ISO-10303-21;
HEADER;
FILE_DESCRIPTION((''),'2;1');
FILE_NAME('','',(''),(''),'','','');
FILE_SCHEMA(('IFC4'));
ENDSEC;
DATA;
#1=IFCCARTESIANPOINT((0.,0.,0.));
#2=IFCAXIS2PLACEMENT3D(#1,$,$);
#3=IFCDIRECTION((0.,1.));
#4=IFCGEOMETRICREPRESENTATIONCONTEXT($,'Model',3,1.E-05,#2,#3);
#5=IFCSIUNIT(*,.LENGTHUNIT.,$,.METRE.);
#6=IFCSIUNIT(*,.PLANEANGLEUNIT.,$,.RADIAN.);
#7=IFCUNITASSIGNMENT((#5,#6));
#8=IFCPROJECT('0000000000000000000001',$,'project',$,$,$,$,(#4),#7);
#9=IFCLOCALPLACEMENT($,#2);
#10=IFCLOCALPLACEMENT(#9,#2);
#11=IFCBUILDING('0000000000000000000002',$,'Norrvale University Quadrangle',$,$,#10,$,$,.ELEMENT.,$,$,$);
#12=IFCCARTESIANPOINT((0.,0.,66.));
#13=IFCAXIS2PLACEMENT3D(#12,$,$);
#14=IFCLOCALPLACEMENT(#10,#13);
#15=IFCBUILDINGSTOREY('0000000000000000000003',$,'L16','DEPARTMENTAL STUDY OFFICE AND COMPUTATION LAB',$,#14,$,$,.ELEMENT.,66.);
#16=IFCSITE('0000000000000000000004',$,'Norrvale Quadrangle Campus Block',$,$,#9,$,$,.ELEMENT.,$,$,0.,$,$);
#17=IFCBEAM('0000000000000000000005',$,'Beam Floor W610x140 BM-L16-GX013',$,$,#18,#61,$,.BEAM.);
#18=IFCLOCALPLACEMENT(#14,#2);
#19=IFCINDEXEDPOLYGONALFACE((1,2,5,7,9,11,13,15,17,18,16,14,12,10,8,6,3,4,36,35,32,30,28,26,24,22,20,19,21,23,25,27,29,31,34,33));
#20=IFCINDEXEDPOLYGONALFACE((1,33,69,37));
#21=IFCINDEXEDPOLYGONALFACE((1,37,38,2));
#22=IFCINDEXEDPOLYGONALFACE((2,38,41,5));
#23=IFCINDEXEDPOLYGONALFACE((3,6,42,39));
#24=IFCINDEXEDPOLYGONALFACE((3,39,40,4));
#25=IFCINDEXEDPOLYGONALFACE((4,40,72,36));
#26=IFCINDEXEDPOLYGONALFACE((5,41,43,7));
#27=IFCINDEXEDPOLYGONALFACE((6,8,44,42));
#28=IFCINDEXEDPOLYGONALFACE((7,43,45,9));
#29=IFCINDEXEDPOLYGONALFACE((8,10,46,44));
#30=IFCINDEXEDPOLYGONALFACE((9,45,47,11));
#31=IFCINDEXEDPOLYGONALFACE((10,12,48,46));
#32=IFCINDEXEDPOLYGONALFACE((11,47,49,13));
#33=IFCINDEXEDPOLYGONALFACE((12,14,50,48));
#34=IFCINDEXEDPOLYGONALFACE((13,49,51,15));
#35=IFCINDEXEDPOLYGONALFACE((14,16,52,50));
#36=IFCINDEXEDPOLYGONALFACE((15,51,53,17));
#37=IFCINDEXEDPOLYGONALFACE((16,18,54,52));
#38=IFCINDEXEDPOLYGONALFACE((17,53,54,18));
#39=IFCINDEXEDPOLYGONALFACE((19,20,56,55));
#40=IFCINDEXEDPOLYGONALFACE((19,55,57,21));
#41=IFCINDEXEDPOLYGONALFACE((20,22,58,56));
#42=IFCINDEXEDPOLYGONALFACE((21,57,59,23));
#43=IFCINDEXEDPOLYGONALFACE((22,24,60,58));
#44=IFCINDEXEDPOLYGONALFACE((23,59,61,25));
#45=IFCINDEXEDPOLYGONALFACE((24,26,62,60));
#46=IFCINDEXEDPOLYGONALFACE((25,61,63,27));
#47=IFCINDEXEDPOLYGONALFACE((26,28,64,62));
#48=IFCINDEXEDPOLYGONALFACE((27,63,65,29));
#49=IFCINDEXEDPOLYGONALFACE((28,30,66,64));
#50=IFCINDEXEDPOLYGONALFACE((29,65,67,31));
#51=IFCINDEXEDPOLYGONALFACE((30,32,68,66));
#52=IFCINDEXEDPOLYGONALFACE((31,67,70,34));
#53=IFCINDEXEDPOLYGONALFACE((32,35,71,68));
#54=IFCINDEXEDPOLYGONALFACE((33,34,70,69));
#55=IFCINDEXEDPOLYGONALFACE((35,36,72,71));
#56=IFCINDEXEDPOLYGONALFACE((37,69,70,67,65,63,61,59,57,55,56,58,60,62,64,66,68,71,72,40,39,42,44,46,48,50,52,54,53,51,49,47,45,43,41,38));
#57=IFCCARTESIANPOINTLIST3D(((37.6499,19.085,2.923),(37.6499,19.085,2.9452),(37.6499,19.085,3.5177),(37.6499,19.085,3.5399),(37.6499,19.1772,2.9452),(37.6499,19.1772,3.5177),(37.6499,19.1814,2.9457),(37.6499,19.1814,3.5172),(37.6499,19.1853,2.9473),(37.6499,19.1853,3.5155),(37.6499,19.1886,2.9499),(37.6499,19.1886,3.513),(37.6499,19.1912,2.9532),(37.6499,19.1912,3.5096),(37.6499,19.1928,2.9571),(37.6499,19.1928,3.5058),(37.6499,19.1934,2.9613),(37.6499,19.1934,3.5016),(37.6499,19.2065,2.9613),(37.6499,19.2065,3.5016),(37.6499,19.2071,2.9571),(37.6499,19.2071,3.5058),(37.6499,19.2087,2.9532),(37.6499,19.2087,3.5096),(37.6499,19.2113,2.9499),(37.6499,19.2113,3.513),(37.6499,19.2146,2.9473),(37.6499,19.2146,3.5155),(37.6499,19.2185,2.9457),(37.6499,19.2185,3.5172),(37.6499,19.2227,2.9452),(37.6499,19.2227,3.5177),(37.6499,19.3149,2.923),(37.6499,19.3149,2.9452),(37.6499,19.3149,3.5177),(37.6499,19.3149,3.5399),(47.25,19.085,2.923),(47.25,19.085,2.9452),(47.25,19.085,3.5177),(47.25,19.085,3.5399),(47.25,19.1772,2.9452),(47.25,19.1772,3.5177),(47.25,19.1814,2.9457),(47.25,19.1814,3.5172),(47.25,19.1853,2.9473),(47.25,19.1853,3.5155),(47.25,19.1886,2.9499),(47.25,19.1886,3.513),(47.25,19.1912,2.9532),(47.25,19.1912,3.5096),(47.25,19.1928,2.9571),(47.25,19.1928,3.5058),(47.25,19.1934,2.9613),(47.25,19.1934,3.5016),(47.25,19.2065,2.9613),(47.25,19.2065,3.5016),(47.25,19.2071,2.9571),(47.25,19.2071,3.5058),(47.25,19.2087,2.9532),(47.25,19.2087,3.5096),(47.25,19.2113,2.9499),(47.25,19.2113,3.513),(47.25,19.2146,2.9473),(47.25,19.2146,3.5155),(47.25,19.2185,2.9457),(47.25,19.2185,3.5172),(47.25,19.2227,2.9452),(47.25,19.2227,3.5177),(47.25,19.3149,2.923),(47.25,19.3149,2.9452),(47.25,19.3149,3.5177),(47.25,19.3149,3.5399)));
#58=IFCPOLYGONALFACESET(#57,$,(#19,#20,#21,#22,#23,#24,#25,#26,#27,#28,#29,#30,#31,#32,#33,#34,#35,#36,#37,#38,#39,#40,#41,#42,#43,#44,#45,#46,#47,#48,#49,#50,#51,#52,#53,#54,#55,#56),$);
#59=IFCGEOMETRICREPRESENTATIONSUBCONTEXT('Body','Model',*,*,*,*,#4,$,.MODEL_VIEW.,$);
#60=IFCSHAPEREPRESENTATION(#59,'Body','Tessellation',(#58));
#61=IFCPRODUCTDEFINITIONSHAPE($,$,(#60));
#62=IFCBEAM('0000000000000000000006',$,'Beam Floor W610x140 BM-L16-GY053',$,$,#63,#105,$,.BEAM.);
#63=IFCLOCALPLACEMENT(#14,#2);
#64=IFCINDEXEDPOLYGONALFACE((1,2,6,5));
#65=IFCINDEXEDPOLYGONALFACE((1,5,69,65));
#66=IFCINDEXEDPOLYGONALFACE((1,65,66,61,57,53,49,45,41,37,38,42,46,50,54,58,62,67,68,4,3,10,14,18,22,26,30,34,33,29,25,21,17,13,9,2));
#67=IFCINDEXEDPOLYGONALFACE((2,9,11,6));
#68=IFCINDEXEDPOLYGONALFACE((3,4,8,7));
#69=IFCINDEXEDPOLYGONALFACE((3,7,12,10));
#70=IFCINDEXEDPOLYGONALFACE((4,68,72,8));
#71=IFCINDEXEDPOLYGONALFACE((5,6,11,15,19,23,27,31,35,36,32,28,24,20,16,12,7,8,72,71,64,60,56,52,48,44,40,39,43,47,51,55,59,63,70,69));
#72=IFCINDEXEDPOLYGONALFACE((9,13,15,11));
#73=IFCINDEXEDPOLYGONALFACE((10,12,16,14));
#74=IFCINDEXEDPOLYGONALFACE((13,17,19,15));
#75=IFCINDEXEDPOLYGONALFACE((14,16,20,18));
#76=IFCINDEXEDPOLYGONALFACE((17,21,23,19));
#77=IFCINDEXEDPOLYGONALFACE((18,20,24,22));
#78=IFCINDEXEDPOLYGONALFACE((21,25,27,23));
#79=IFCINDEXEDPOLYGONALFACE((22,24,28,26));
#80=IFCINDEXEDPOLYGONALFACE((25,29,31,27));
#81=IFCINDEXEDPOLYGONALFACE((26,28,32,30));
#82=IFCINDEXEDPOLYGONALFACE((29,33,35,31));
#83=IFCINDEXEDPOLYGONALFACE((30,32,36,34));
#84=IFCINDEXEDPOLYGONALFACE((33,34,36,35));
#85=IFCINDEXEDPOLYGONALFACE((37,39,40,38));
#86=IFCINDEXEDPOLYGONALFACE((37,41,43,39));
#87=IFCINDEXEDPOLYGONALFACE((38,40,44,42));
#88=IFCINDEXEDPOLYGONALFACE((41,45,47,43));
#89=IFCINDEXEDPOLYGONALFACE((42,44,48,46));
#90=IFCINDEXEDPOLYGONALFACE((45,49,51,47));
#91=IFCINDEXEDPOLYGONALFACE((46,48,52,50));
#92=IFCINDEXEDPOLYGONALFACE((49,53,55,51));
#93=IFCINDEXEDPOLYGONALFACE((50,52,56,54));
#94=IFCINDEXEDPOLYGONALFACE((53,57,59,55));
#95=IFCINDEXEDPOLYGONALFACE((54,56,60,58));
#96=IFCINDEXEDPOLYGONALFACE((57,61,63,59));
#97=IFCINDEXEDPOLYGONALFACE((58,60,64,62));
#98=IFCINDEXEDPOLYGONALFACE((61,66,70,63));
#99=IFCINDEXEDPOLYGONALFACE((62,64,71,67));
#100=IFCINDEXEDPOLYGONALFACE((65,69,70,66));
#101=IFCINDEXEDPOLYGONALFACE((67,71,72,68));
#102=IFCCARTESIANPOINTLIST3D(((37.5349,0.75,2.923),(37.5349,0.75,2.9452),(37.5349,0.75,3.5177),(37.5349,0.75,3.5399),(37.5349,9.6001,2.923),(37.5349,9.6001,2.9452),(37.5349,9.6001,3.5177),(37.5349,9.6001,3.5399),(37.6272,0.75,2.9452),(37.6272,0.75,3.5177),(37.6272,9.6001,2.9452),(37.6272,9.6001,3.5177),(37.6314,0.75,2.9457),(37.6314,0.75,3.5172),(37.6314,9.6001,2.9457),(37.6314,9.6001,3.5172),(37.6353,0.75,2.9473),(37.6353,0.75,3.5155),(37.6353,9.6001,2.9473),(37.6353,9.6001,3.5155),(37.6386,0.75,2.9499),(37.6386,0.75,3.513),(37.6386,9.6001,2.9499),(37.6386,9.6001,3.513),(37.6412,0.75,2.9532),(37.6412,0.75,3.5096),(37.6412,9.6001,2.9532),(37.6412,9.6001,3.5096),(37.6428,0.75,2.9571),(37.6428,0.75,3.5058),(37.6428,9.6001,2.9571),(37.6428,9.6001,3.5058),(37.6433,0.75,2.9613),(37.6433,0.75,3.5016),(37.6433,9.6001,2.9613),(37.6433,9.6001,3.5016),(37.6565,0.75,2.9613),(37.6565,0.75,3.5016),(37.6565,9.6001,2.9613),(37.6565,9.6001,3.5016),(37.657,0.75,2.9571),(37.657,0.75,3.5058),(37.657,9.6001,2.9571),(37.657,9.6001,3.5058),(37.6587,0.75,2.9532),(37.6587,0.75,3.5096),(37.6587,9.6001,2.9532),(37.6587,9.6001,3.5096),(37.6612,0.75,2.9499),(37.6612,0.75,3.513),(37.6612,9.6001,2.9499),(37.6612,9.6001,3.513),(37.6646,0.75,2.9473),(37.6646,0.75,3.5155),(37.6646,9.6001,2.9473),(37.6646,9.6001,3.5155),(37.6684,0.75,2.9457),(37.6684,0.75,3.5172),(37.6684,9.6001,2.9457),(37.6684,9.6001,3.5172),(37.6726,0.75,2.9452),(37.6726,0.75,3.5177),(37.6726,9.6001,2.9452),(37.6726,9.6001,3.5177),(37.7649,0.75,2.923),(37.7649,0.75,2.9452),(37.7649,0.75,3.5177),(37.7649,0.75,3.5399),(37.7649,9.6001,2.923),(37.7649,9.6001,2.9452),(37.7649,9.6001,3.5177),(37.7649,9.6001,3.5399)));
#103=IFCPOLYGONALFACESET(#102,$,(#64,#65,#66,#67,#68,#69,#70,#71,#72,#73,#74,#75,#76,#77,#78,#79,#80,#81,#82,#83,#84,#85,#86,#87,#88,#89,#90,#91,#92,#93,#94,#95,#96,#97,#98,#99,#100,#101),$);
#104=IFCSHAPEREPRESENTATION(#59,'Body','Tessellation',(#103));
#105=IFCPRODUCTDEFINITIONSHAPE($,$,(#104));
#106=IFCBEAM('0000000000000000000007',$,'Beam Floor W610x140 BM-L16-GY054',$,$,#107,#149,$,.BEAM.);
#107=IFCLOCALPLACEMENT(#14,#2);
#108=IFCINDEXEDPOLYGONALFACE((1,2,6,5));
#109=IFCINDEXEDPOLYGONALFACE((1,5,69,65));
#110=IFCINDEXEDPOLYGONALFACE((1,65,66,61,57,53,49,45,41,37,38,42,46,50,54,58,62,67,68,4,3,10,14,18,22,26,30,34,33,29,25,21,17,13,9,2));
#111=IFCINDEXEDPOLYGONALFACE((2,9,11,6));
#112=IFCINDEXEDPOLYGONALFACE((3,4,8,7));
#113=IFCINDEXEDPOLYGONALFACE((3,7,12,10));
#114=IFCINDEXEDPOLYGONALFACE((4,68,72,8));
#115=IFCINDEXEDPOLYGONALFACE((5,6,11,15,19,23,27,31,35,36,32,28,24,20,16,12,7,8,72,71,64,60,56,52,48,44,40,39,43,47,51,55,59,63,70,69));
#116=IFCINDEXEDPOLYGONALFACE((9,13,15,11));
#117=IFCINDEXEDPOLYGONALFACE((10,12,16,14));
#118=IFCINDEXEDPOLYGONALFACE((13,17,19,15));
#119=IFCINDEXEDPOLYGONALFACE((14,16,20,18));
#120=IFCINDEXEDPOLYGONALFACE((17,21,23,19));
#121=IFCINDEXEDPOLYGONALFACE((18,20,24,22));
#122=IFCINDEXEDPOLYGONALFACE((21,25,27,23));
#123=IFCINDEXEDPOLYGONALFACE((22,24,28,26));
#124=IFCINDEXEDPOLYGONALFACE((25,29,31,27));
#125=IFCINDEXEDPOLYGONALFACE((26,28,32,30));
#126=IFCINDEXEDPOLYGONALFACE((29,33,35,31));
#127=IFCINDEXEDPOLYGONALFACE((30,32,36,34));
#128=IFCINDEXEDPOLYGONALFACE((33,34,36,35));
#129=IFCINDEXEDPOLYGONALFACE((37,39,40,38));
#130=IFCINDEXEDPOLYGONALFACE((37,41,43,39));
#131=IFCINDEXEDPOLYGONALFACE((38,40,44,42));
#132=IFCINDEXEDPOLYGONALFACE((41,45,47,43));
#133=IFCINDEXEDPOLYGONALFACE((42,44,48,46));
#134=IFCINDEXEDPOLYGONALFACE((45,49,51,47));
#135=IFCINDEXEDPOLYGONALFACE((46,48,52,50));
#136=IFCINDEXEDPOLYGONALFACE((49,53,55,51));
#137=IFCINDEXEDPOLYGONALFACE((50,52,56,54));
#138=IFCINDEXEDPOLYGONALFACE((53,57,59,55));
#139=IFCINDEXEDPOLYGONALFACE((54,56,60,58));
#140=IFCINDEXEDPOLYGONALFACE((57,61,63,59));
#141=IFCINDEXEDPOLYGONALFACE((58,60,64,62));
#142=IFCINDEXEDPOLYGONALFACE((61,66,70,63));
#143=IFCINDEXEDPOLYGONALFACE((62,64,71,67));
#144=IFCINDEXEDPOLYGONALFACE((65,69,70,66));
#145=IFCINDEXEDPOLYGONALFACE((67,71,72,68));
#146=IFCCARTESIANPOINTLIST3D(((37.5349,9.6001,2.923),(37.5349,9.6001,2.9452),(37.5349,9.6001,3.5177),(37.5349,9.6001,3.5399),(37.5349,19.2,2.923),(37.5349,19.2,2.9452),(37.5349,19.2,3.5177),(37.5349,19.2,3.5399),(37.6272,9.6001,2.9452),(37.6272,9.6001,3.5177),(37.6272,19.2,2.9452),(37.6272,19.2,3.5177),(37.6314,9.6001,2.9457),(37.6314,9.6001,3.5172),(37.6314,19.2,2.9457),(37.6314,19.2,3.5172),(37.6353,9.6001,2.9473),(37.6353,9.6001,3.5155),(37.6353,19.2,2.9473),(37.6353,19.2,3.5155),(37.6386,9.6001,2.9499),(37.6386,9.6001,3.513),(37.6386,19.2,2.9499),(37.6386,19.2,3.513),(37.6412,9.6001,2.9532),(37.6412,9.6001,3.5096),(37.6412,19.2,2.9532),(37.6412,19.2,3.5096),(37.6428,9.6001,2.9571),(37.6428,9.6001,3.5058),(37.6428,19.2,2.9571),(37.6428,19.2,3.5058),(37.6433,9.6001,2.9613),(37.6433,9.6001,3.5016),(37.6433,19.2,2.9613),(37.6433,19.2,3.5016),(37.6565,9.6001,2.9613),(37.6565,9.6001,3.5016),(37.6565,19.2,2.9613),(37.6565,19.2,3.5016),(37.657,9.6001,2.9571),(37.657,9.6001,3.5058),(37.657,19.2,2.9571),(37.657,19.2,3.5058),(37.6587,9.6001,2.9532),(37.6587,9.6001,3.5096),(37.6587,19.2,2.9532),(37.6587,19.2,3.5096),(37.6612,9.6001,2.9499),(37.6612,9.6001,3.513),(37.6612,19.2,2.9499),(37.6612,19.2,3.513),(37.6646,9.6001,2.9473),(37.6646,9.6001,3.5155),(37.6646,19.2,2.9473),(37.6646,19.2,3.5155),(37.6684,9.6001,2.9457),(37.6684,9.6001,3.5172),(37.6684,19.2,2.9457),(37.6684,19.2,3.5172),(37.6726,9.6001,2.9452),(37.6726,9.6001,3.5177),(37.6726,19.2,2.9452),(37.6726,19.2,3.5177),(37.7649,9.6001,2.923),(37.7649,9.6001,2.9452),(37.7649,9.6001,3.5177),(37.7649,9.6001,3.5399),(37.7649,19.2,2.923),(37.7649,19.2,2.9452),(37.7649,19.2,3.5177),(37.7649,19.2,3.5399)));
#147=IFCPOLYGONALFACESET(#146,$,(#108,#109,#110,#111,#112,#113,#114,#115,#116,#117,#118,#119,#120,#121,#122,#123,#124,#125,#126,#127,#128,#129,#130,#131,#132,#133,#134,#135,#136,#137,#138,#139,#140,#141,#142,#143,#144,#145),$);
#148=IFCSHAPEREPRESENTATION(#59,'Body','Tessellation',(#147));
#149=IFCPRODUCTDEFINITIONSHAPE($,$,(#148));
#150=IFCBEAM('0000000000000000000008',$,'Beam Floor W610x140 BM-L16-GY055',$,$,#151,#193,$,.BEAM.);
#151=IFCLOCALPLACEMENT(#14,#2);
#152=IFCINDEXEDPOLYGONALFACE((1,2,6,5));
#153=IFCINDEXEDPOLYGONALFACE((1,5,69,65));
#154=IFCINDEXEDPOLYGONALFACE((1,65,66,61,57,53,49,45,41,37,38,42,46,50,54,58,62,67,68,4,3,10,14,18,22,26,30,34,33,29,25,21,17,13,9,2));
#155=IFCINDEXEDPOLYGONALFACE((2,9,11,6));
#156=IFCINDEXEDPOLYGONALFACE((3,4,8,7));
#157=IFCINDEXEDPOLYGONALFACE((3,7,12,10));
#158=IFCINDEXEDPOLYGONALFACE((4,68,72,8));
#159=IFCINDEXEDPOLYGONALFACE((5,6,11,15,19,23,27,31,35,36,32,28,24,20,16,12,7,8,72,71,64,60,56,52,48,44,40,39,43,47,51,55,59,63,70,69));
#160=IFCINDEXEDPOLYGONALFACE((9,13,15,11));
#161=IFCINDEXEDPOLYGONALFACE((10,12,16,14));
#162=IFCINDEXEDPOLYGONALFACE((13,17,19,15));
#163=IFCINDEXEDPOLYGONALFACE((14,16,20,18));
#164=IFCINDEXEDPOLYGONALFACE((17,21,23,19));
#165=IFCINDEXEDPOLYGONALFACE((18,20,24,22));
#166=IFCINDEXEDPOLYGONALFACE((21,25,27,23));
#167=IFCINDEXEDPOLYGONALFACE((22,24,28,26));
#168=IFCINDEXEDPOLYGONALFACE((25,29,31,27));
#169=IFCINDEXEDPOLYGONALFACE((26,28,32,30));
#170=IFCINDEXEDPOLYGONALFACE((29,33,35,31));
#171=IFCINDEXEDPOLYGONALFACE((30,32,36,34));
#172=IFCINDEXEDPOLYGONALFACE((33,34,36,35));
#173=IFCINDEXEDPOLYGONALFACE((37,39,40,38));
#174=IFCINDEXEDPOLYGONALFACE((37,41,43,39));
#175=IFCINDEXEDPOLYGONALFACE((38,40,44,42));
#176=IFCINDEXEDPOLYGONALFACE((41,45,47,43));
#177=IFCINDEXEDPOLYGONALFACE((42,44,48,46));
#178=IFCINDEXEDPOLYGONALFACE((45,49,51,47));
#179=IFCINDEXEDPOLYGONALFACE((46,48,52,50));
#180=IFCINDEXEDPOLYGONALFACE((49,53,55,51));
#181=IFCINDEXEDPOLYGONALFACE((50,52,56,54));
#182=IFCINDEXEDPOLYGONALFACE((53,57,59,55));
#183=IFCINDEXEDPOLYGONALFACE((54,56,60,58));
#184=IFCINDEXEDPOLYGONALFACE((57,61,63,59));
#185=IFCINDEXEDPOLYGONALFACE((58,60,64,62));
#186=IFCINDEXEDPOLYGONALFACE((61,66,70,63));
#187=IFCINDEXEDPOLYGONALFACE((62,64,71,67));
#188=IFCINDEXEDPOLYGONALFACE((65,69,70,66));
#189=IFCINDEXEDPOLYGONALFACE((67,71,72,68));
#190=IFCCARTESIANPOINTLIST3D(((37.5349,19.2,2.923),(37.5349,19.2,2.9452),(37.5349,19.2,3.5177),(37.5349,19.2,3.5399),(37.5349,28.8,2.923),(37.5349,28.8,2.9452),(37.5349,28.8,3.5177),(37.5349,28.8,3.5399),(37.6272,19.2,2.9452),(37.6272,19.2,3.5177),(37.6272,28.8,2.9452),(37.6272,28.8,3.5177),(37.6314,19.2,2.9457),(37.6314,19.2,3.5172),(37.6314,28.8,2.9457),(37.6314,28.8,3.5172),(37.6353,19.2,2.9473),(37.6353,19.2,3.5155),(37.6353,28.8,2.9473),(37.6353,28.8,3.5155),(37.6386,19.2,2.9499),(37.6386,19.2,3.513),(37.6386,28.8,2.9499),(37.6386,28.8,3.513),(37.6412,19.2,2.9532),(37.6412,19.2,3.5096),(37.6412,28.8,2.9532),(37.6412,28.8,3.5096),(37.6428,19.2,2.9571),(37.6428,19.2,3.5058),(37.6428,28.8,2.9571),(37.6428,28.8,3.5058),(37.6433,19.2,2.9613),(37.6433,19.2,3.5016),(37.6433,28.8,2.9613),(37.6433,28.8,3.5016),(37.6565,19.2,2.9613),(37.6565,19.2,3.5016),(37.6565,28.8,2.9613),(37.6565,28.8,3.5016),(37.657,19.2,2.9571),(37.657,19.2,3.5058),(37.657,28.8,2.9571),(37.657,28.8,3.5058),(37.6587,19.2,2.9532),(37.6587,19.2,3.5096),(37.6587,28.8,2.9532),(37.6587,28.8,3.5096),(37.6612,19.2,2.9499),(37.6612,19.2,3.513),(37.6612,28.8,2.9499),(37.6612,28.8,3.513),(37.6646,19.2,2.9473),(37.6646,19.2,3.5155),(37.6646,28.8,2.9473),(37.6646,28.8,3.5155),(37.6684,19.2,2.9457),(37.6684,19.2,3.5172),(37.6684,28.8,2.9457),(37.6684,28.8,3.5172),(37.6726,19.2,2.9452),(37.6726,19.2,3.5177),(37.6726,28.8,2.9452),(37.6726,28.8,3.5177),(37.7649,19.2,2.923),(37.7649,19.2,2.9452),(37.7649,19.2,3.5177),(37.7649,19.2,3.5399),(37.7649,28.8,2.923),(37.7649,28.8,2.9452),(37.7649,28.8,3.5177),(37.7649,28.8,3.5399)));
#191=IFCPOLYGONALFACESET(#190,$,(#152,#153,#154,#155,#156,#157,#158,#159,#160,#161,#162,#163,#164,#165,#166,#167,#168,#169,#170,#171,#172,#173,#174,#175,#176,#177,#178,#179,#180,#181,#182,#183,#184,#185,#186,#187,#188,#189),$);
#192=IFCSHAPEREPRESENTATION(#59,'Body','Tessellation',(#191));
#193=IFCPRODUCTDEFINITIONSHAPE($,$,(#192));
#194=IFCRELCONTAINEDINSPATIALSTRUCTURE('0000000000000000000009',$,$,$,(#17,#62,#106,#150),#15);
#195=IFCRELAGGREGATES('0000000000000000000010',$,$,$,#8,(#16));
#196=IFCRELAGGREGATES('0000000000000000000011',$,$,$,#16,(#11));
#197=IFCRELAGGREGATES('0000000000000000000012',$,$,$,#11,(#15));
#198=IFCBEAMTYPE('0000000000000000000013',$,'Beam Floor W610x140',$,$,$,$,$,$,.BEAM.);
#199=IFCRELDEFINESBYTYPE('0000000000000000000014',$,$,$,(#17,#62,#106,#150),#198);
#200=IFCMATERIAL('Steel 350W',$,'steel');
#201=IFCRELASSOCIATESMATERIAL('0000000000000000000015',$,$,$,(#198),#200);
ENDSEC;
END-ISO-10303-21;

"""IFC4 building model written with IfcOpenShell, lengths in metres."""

from ifc_helpers import new_model, si_unit, direction, frame, origin, origin_2d, place, context, subcontext, project, spatial, i_section, extrude, material, material_profile, profile_set, type_object, element, save


model = new_model("IFC4")

# Units and contexts
model_context = context("Model", 3, precision=1e-05, world=origin(), true_north=direction((0.0, 1.0)))
body_context = subcontext(model_context, "Body", "Model", "MODEL_VIEW")
ifc_project = project(units=[si_unit("LENGTHUNIT", "METRE"), si_unit("PLANEANGLEUNIT", "RADIAN")], contexts=[model_context])

# Site, building, storey
site_placement = place(None, origin())
site = spatial("IfcSite", under=ifc_project, at=site_placement, Name="Norrvale Quadrangle Campus Block", CompositionType="ELEMENT", RefElevation=0.0)
building_placement = place(site_placement, origin())
building = spatial("IfcBuilding", under=site, at=building_placement, Name="Norrvale University Quadrangle", CompositionType="ELEMENT")
storey_placement = place(building_placement, frame((0.0, 0.0, 66.0)))
storey = spatial("IfcBuildingStorey", under=building, at=storey_placement, Name="L16", Description="DEPARTMENTAL STUDY OFFICE AND COMPUTATION LAB", CompositionType="ELEMENT", Elevation=66.0)

# Beams
ifc_material_1 = material(Name="Steel 350W", Category="steel")
ifc_material_profile_1 = material_profile(ifc_material_1, i_section(OverallWidth=0.23, OverallDepth=0.6169, WebThickness=0.0132, FlangeThickness=0.0222, FilletRadius=0.0161, at=origin_2d()), Name="Steel 350W")
ifc_profile_set_1 = profile_set([ifc_material_profile_1], Name="Steel 350W")
beam_type_1 = type_object("IfcBeamType", Name="Beam Floor W610x140", PredefinedType="BEAM", material=ifc_profile_set_1)
for number, where, z_axis, x_axis, name in (
    (1, (37.6499, 19.2, 3.2314), (1.0, 0.0, 0.0), (0.0, 1.0, 0.0), "Beam Floor W610x140 BM-L16-GX013"),
):
    element("IfcBeam", number, at=place(storey_placement, frame(where, z_axis=z_axis, x_axis=x_axis)), inside=storey, type_object=beam_type_1, Name=name, PredefinedType="BEAM", context=body_context, shape_type="SweptSolid", body=[
        extrude(i_section(OverallWidth=0.23, OverallDepth=0.6169, WebThickness=0.0132, FlangeThickness=0.0222, FilletRadius=0.0161, at=origin_2d()), origin(), (0.0, 0.0, 1.0), 9.6001),
    ])
beam_1_placement = place(storey_placement, frame((37.6499, 0.75, 3.2314), z_axis=(0.0, 1.0, 0.0), x_axis=(-1.0, 0.0, 0.0)))
element("IfcBeam", 2, at=beam_1_placement, inside=storey, type_object=beam_type_1, Name="Beam Floor W610x140 BM-L16-GY053", PredefinedType="BEAM", context=body_context, shape_type="SweptSolid", body=[
    extrude(i_section(OverallWidth=0.23, OverallDepth=0.6169, WebThickness=0.0132, FlangeThickness=0.0222, FilletRadius=0.0161, at=origin_2d()), origin(), (0.0, 0.0, 1.0), 8.8501),
])
beam_2_placement = place(storey_placement, frame((37.6499, 9.6001, 3.2314), z_axis=(0.0, 1.0, 0.0), x_axis=(-1.0, 0.0, 0.0)))
element("IfcBeam", 3, at=beam_2_placement, inside=storey, type_object=beam_type_1, Name="Beam Floor W610x140 BM-L16-GY054", PredefinedType="BEAM", context=body_context, shape_type="SweptSolid", body=[
    extrude(i_section(OverallWidth=0.23, OverallDepth=0.6169, WebThickness=0.0132, FlangeThickness=0.0222, FilletRadius=0.0161, at=origin_2d()), origin(), (0.0, 0.0, 1.0), 9.5999),
])
beam_3_placement = place(storey_placement, frame((37.6499, 19.2, 3.2314), z_axis=(0.0, 1.0, 0.0), x_axis=(-1.0, 0.0, 0.0)))
element("IfcBeam", 4, at=beam_3_placement, inside=storey, type_object=beam_type_1, Name="Beam Floor W610x140 BM-L16-GY055", PredefinedType="BEAM", context=body_context, shape_type="SweptSolid", body=[
    extrude(i_section(OverallWidth=0.23, OverallDepth=0.6169, WebThickness=0.0132, FlangeThickness=0.0222, FilletRadius=0.0161, at=origin_2d()), origin(), (0.0, 0.0, 1.0), 9.6001),
])

save(model, "model.ifc")
